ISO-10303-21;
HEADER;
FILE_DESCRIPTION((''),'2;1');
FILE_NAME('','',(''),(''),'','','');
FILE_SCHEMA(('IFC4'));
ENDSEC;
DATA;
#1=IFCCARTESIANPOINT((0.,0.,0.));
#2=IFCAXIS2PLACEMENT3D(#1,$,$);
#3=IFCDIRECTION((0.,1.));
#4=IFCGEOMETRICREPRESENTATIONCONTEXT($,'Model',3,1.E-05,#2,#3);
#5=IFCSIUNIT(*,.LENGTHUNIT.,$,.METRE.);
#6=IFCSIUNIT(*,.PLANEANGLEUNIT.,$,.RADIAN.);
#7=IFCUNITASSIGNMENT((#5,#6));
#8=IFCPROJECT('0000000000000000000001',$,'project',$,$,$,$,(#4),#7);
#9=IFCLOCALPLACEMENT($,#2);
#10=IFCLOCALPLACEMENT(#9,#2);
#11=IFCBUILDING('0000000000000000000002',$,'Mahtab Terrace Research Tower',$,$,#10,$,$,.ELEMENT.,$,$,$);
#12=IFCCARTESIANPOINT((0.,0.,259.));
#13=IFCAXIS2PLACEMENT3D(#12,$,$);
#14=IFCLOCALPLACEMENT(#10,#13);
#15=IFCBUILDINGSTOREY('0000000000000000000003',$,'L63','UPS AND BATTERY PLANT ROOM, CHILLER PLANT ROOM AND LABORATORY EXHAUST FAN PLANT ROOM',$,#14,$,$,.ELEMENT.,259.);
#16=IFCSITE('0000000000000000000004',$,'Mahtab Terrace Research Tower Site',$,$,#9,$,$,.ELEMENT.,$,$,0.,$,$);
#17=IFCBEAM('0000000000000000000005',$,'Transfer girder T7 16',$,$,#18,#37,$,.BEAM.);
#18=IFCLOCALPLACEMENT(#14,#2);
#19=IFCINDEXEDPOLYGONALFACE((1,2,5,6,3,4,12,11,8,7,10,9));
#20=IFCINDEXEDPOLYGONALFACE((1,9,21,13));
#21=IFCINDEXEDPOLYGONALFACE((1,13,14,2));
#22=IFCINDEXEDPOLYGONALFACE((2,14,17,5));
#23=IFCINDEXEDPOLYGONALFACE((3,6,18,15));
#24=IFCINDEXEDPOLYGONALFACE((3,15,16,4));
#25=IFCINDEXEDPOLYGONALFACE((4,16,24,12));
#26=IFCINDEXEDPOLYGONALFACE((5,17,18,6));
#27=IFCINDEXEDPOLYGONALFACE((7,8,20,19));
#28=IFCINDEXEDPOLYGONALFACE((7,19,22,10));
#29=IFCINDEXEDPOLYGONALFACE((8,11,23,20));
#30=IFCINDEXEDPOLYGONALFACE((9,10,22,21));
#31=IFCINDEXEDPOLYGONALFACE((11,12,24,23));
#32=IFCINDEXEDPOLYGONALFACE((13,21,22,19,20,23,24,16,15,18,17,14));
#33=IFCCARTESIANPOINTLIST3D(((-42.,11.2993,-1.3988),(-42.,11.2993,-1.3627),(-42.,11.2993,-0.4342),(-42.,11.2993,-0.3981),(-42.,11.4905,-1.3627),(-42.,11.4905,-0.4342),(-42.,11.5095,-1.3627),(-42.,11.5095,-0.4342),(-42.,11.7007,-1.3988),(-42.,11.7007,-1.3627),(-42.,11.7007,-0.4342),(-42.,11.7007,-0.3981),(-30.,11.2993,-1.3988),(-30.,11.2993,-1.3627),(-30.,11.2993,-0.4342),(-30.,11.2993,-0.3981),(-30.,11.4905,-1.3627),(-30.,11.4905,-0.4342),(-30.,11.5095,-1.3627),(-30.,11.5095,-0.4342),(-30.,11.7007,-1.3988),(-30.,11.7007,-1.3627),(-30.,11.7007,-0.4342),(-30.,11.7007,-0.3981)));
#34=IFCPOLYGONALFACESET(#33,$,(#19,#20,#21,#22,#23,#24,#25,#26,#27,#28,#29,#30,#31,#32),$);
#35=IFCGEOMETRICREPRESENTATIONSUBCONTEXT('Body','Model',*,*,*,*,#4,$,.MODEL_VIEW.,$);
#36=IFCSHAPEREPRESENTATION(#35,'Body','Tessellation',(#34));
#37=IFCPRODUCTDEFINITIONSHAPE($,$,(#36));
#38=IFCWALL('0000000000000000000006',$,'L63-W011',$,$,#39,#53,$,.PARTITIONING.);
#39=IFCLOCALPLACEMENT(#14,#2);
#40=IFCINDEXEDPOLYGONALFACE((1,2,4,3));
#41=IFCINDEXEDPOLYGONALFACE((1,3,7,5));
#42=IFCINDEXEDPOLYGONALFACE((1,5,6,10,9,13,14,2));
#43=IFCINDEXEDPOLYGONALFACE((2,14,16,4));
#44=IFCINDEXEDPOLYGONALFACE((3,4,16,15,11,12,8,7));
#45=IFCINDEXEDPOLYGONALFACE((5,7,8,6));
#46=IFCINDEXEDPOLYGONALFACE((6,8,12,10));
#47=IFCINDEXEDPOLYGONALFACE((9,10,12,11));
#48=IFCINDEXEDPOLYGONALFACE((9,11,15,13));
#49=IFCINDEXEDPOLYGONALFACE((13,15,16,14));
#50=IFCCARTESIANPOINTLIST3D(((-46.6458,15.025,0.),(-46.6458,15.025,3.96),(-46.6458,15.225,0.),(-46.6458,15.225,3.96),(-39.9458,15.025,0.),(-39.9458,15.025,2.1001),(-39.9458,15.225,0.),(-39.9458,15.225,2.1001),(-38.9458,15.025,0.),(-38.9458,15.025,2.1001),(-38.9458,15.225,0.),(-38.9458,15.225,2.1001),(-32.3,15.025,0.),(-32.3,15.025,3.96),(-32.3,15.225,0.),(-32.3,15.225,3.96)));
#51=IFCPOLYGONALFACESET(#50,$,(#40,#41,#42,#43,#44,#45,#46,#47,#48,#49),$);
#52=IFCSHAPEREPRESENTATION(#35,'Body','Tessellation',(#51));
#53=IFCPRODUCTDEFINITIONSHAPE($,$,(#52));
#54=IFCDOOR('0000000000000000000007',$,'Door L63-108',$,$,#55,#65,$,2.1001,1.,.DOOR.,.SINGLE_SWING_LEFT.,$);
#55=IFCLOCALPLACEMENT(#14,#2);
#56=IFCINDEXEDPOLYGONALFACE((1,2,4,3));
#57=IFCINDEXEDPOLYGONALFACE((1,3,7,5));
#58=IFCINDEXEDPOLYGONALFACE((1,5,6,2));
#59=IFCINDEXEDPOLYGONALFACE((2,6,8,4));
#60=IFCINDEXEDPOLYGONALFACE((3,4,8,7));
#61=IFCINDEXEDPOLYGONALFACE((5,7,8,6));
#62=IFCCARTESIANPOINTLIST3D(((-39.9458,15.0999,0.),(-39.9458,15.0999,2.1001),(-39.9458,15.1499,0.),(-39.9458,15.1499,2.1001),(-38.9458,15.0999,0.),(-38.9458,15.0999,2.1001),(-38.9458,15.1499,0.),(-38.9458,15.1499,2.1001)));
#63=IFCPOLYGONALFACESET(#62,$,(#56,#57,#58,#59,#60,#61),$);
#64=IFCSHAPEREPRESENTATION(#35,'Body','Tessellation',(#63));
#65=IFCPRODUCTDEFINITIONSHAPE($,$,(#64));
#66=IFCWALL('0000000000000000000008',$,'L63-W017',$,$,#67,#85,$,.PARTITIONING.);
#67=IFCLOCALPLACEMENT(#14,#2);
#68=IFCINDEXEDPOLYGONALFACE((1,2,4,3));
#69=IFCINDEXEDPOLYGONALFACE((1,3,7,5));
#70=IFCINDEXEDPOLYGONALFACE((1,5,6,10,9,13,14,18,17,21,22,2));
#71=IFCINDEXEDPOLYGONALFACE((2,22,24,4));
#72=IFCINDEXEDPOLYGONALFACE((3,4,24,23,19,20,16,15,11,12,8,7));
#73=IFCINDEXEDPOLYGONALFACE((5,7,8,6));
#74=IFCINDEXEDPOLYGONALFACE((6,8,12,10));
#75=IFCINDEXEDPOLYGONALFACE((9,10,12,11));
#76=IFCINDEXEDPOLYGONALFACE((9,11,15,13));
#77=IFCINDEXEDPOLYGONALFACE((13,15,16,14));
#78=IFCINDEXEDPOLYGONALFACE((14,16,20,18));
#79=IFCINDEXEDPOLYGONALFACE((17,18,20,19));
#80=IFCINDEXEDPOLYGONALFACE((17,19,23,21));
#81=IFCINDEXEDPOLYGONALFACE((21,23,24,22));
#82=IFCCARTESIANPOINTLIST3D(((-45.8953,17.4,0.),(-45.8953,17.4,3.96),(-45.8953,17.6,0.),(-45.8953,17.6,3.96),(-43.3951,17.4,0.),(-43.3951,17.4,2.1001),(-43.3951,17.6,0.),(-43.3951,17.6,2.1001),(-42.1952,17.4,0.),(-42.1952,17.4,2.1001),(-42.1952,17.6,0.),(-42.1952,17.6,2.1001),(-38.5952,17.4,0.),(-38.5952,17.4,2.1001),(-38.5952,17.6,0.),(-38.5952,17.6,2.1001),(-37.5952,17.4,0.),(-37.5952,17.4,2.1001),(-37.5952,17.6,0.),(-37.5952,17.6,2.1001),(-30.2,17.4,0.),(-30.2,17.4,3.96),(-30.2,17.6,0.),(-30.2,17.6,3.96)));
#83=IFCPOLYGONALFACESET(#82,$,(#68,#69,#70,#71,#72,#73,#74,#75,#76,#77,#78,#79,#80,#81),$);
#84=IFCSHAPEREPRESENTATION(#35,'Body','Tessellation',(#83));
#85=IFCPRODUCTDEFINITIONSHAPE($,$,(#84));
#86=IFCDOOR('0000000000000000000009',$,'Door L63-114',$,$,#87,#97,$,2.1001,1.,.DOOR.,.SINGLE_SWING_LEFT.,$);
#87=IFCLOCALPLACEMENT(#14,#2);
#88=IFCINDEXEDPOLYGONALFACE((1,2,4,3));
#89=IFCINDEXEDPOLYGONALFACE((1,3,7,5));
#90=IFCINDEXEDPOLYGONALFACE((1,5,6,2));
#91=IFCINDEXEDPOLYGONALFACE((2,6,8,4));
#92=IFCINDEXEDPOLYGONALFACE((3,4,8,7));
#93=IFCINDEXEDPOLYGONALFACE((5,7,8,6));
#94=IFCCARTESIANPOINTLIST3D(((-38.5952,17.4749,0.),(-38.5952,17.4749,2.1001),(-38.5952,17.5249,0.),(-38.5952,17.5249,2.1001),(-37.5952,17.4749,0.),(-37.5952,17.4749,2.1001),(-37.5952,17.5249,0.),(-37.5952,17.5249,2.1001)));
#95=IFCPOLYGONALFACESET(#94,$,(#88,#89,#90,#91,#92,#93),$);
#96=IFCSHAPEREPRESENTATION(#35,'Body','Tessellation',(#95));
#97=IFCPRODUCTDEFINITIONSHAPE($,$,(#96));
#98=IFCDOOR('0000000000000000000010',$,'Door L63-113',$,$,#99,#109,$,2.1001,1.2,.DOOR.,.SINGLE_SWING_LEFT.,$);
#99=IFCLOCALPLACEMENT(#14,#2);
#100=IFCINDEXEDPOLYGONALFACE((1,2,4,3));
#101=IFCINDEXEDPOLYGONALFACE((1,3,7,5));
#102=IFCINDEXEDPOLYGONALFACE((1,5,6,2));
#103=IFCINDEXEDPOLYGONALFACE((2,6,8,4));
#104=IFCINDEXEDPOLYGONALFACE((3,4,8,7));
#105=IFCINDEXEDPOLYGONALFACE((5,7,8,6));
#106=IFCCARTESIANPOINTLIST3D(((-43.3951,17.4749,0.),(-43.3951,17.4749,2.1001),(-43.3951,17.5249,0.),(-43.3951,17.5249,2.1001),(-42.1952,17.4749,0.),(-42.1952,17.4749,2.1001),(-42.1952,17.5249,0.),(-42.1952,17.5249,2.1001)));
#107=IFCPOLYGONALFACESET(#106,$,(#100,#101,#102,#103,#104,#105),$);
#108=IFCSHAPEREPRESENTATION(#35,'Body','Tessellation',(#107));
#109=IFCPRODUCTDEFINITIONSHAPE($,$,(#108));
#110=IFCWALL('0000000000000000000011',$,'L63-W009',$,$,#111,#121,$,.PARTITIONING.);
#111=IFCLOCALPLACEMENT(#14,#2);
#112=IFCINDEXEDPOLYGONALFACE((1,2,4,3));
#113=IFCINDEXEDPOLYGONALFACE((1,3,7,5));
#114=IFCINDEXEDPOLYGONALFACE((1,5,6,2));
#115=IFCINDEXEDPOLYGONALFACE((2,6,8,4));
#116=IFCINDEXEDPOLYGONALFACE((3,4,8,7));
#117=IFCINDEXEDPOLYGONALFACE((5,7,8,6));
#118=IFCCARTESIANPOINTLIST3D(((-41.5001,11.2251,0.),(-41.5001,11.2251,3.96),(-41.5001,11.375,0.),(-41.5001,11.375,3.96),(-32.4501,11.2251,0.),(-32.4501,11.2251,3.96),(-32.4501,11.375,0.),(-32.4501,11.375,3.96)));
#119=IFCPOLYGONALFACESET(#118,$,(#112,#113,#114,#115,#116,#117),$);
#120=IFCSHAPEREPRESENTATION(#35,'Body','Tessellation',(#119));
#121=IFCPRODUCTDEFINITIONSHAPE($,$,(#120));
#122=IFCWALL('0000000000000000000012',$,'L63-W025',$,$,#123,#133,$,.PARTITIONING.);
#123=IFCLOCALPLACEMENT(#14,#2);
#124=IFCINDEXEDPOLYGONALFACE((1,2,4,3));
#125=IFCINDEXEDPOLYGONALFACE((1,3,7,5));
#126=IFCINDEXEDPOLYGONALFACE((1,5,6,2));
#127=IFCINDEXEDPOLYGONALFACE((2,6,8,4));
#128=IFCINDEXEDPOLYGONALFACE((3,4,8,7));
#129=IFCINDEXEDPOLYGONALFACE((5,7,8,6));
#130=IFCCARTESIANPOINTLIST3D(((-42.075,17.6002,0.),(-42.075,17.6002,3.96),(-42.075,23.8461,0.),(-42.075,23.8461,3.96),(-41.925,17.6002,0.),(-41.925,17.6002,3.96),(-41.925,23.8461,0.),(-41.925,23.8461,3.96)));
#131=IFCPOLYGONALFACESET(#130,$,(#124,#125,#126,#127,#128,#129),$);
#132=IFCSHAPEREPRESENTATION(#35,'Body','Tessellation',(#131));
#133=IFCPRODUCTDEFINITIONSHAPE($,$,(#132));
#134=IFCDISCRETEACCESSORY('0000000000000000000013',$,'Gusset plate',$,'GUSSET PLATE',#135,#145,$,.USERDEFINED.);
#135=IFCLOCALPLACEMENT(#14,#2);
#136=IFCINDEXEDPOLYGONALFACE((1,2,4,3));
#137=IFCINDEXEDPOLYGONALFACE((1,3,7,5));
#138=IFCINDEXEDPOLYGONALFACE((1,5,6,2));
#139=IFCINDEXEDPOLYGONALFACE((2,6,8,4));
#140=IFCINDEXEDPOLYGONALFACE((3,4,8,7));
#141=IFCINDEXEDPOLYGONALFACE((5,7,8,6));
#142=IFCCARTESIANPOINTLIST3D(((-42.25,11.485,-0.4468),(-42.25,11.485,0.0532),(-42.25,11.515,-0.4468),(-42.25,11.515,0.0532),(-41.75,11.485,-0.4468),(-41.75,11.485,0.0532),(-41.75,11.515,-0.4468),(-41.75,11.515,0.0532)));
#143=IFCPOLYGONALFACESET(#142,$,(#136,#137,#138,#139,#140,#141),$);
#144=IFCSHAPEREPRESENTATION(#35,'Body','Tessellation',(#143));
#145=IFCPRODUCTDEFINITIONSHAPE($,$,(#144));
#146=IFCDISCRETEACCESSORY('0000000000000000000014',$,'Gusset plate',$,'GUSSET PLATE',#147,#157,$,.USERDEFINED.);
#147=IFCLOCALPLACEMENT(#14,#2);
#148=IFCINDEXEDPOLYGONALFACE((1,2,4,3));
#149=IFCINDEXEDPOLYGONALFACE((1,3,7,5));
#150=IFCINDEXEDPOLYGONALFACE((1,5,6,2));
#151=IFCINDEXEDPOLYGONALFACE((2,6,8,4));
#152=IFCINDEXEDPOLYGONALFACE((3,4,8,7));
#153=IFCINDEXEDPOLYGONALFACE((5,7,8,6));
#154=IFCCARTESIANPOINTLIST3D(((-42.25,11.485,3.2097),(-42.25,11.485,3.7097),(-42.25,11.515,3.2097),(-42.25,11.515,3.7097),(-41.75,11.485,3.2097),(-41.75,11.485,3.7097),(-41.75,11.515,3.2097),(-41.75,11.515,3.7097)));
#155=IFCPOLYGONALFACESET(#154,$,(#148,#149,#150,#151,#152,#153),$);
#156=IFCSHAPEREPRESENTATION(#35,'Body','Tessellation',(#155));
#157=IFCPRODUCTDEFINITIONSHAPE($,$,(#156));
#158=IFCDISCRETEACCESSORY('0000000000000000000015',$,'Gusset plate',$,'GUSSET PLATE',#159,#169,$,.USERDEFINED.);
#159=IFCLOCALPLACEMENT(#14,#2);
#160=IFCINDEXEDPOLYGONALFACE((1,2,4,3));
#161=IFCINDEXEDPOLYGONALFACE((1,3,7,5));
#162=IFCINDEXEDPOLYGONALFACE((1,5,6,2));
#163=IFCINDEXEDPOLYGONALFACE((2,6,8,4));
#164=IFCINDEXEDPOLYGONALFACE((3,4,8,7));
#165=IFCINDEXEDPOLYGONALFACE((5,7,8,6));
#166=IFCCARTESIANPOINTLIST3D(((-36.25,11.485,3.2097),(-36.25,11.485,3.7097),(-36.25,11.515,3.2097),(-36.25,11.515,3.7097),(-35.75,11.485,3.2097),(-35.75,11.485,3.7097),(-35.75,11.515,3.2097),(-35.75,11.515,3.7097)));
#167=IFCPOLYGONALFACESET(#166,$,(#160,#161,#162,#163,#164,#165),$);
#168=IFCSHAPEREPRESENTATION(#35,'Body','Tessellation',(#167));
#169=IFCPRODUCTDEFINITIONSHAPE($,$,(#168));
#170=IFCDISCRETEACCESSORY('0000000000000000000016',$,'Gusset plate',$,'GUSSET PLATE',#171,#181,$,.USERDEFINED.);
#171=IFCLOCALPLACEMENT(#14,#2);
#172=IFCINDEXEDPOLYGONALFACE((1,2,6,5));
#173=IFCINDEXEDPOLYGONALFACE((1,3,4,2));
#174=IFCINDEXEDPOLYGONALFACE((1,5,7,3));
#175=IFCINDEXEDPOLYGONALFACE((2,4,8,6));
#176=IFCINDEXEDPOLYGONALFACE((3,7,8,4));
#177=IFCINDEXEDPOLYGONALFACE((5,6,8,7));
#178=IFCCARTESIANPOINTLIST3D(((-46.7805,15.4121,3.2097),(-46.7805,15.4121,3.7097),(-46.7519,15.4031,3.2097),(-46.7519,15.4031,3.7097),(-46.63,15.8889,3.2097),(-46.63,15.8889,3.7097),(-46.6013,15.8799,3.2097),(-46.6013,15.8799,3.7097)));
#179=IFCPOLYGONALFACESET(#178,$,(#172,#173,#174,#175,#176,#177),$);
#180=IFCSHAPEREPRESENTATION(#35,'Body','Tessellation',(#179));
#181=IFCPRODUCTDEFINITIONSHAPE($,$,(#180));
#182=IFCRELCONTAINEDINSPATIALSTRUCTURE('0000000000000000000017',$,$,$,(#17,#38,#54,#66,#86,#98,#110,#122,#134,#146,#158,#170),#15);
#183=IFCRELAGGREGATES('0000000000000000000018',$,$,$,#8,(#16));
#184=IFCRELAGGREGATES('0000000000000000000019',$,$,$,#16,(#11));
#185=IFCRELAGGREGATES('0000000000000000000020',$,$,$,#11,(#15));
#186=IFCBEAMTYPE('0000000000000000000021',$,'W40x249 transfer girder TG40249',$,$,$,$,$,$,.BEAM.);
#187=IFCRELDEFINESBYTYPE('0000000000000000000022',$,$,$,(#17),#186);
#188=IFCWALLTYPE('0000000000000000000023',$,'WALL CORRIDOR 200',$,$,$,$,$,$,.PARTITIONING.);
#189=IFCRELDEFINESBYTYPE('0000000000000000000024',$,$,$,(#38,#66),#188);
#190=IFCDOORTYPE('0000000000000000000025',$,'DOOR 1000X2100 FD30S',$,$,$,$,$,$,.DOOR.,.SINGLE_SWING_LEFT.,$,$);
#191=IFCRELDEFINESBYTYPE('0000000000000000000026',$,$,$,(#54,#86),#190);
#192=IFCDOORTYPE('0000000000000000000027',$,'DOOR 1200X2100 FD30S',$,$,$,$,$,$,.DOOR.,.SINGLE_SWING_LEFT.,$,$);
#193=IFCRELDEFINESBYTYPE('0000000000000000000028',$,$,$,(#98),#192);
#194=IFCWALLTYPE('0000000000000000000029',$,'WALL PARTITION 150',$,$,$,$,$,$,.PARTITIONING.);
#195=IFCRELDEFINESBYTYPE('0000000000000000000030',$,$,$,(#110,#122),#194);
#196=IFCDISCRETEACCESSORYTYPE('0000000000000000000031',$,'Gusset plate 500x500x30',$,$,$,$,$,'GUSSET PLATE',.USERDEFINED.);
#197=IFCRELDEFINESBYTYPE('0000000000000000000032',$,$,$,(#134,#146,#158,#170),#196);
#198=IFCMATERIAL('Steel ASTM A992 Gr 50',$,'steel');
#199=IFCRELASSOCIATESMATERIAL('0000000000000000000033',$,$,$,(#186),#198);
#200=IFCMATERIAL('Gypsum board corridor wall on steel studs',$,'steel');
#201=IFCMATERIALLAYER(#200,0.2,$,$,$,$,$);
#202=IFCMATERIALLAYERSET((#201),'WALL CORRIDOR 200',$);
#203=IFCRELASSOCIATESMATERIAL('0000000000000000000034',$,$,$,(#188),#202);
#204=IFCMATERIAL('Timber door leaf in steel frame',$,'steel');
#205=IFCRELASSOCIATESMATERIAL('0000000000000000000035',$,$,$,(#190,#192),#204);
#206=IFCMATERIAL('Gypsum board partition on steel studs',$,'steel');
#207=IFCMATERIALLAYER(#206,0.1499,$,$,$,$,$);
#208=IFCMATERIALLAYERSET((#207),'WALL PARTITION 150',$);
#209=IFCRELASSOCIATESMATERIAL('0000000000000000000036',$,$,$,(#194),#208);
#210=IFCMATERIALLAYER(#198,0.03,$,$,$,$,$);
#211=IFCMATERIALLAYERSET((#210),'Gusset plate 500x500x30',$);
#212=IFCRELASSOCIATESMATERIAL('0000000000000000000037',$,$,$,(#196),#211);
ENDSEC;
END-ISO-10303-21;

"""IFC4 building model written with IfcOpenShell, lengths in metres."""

from ifc_helpers import new_model, si_unit, direction, frame, frame_2d, origin, origin_2d, place, context, subcontext, project, spatial, rectangle, i_section, extrude, material, layer, layer_set, material_profile, profile_set, type_object, element, fill, save


model = new_model("IFC4")

# Units and contexts
model_context = context("Model", 3, precision=1e-05, world=origin(), true_north=direction((0.0, 1.0)))
body_context = subcontext(model_context, "Body", "Model", "MODEL_VIEW")
ifc_project = project(units=[si_unit("LENGTHUNIT", "METRE"), si_unit("PLANEANGLEUNIT", "RADIAN")], contexts=[model_context])

# Site, building, storey
site_placement = place(None, origin())
site = spatial("IfcSite", under=ifc_project, at=site_placement, Name="Mahtab Terrace Research Tower Site", CompositionType="ELEMENT", RefElevation=0.0)
building_placement = place(site_placement, origin())
building = spatial("IfcBuilding", under=site, at=building_placement, Name="Mahtab Terrace Research Tower", CompositionType="ELEMENT")
storey_placement = place(building_placement, frame((0.0, 0.0, 259.0)))
storey = spatial("IfcBuildingStorey", under=building, at=storey_placement, Name="L63", Description="UPS AND BATTERY PLANT ROOM, CHILLER PLANT ROOM AND LABORATORY EXHAUST FAN PLANT ROOM", CompositionType="ELEMENT", Elevation=259.0)

# Shared definitions
ifc_material_1 = material(Name="Steel ASTM A992 Gr 50", Category="steel")

# Beam
ifc_material_profile_1 = material_profile(ifc_material_1, i_section(OverallWidth=0.4014, OverallDepth=1.0007, WebThickness=0.019, FlangeThickness=0.0361, at=origin_2d()), Name="W40X249")
ifc_profile_set_1 = profile_set([ifc_material_profile_1], Name="Steel ASTM A992 Gr 50")
beam_type = type_object("IfcBeamType", Name="W40x249 transfer girder TG40249", PredefinedType="BEAM", material=ifc_profile_set_1)
beam_placement = place(storey_placement, frame((-42.0, 11.5, -0.8984), z_axis=(1.0, 0.0, 0.0), x_axis=(0.0, 1.0, 0.0)))
element("IfcBeam", 1, at=beam_placement, inside=storey, type_object=beam_type, Name="Transfer girder T7 16", PredefinedType="BEAM", context=body_context, shape_type="SweptSolid", body=[
    extrude(i_section(OverallWidth=0.4014, OverallDepth=1.0007, WebThickness=0.019, FlangeThickness=0.0361, at=origin_2d()), origin(), (0.0, 0.0, 1.0), 12.0),
])

# Wall, opening, door
ifc_material_2 = material(Name="Gypsum board corridor wall on steel studs", Category="steel")
ifc_layer_1 = layer(ifc_material_2, 0.2)
ifc_layer_set_1 = layer_set([ifc_layer_1], Name="WALL CORRIDOR 200")
wall_type_1 = type_object("IfcWallType", Name="WALL CORRIDOR 200", PredefinedType="PARTITIONING", material=ifc_layer_set_1)
wall_1_placement = place(storey_placement, frame((-46.6458, 15.125, 0.0), z_axis=(0.0, 0.0, 1.0), x_axis=(1.0, 0.0, 0.0)))
wall_1 = element("IfcWall", 2, at=wall_1_placement, inside=storey, type_object=wall_type_1, Name="L63-W011", PredefinedType="PARTITIONING", context=body_context, shape_type="SweptSolid", body=[
    extrude(rectangle(XDim=14.3457, YDim=0.2, at=frame_2d((7.1729, 0.0))), origin(), (0.0, 0.0, 1.0), 3.96),
])
opening_1_placement = place(wall_1_placement, frame((6.7, 0.0, 0.0)))
opening_1 = element("IfcOpeningElement", 3, at=opening_1_placement, cuts=wall_1, PredefinedType="OPENING", context=body_context, shape_type="SweptSolid", body=[
    extrude(rectangle(XDim=1.0, YDim=2.1001, at=frame_2d((0.5, 1.05))), frame((0.0, 0.1099, 0.0), z_axis=(0.0, -1.0, 0.0), x_axis=(1.0, 0.0, 0.0)), (0.0, 0.0, 1.0), 0.22),
])
ifc_material_3 = material(Name="Timber door leaf in steel frame", Category="steel")
door_type_1 = type_object("IfcDoorType", Name="DOOR 1000X2100 FD30S", OperationType="SINGLE_SWING_LEFT", PredefinedType="DOOR", material=ifc_material_3)
door_1_placement = place(opening_1_placement, origin())
door_1 = element("IfcDoor", 4, at=door_1_placement, inside=storey, type_object=door_type_1, Name="Door L63-108", OperationType="SINGLE_SWING_LEFT", OverallHeight=2.1001, OverallWidth=1.0, PredefinedType="DOOR", context=body_context, shape_type="SweptSolid", body=[
    extrude(rectangle(XDim=1.0, YDim=2.1001, at=frame_2d((0.5, 1.05))), frame((0.0, 0.0249, 0.0), z_axis=(0.0, -1.0, 0.0), x_axis=(1.0, 0.0, 0.0)), (0.0, 0.0, 1.0), 0.05),
])
fill(opening_1, door_1)

# Wall, openings, doors
wall_2_placement = place(storey_placement, frame((-45.8953, 17.5, 0.0), z_axis=(0.0, 0.0, 1.0), x_axis=(1.0, 0.0, 0.0)))
wall_2 = element("IfcWall", 5, at=wall_2_placement, inside=storey, type_object=wall_type_1, Name="L63-W017", PredefinedType="PARTITIONING", context=body_context, shape_type="SweptSolid", body=[
    extrude(rectangle(XDim=15.6953, YDim=0.2, at=frame_2d((7.8477, 0.0))), origin(), (0.0, 0.0, 1.0), 3.96),
])
opening_2_placement = place(wall_2_placement, frame((2.5, 0.0, 0.0)))
opening_2 = element("IfcOpeningElement", 6, at=opening_2_placement, cuts=wall_2, PredefinedType="OPENING", context=body_context, shape_type="SweptSolid", body=[
    extrude(rectangle(XDim=1.2, YDim=2.1001, at=frame_2d((0.6001, 1.05))), frame((0.0, 0.1099, 0.0), z_axis=(0.0, -1.0, 0.0), x_axis=(1.0, 0.0, 0.0)), (0.0, 0.0, 1.0), 0.22),
])
opening_3_placement = place(wall_2_placement, frame((7.3, 0.0, 0.0)))
opening_3 = element("IfcOpeningElement", 7, at=opening_3_placement, cuts=wall_2, PredefinedType="OPENING", context=body_context, shape_type="SweptSolid", body=[
    extrude(rectangle(XDim=1.0, YDim=2.1001, at=frame_2d((0.5, 1.05))), frame((0.0, 0.1099, 0.0), z_axis=(0.0, -1.0, 0.0), x_axis=(1.0, 0.0, 0.0)), (0.0, 0.0, 1.0), 0.22),
])
door_2_placement = place(opening_3_placement, origin())
door_2 = element("IfcDoor", 8, at=door_2_placement, inside=storey, type_object=door_type_1, Name="Door L63-114", OperationType="SINGLE_SWING_LEFT", OverallHeight=2.1001, OverallWidth=1.0, PredefinedType="DOOR", context=body_context, shape_type="SweptSolid", body=[
    extrude(rectangle(XDim=1.0, YDim=2.1001, at=frame_2d((0.5, 1.05))), frame((0.0, 0.0249, 0.0), z_axis=(0.0, -1.0, 0.0), x_axis=(1.0, 0.0, 0.0)), (0.0, 0.0, 1.0), 0.05),
])
fill(opening_3, door_2)
door_type_2 = type_object("IfcDoorType", Name="DOOR 1200X2100 FD30S", OperationType="SINGLE_SWING_LEFT", PredefinedType="DOOR", material=ifc_material_3)
door_3_placement = place(opening_2_placement, origin())
door_3 = element("IfcDoor", 9, at=door_3_placement, inside=storey, type_object=door_type_2, Name="Door L63-113", OperationType="SINGLE_SWING_LEFT", OverallHeight=2.1001, OverallWidth=1.2, PredefinedType="DOOR", context=body_context, shape_type="SweptSolid", body=[
    extrude(rectangle(XDim=1.2, YDim=2.1001, at=frame_2d((0.6001, 1.05))), frame((0.0, 0.0249, 0.0), z_axis=(0.0, -1.0, 0.0), x_axis=(1.0, 0.0, 0.0)), (0.0, 0.0, 1.0), 0.05),
])
fill(opening_2, door_3)

# Walls
ifc_material_4 = material(Name="Gypsum board partition on steel studs", Category="steel")
ifc_layer_2 = layer(ifc_material_4, 0.1499)
ifc_layer_set_2 = layer_set([ifc_layer_2], Name="WALL PARTITION 150")
wall_type_2 = type_object("IfcWallType", Name="WALL PARTITION 150", PredefinedType="PARTITIONING", material=ifc_layer_set_2)
wall_3_placement = place(storey_placement, frame((-41.5, 11.3, 0.0), z_axis=(0.0, 0.0, 1.0), x_axis=(1.0, 0.0, 0.0)))
element("IfcWall", 10, at=wall_3_placement, inside=storey, type_object=wall_type_2, Name="L63-W009", PredefinedType="PARTITIONING", context=body_context, shape_type="SweptSolid", body=[
    extrude(rectangle(XDim=9.05, YDim=0.1499, at=frame_2d((4.5249, 0.0))), origin(), (0.0, 0.0, 1.0), 3.96),
])
wall_4_placement = place(storey_placement, frame((-42.0, 17.6001, 0.0), z_axis=(0.0, 0.0, 1.0), x_axis=(0.0, 1.0, 0.0)))
element("IfcWall", 11, at=wall_4_placement, inside=storey, type_object=wall_type_2, Name="L63-W025", PredefinedType="PARTITIONING", context=body_context, shape_type="SweptSolid", body=[
    extrude(rectangle(XDim=6.2458, YDim=0.1499, at=frame_2d((3.123, 0.0))), origin(), (0.0, 0.0, 1.0), 3.96),
])

# Discrete accessories
ifc_layer_3 = layer(ifc_material_1, 0.03)
ifc_layer_set_3 = layer_set([ifc_layer_3], Name="Gusset plate 500x500x30")
discrete_accessory_type = type_object("IfcDiscreteAccessoryType", Name="Gusset plate 500x500x30", ElementType="GUSSET PLATE", PredefinedType="USERDEFINED", material=ifc_layer_set_3)
for number, where, z_axis, x_axis, name in (
    (12, (-42.0, 11.5, -0.4468), (0.0, 0.0, 1.0), (1.0, 0.0, 0.0), "Gusset plate"),
    (13, (-42.0, 11.5, 3.2097), (0.0, 0.0, 1.0), (1.0, 0.0, 0.0), "Gusset plate"),
    (14, (-36.0, 11.5, 3.2097), (0.0, 0.0, 1.0), (1.0, 0.0, 0.0), "Gusset plate"),
    (15, (-46.6909, 15.646, 3.2097), (0.0, 0.0, 1.0), (0.301072, 0.953601, 0.0), "Gusset plate"),
):
    element("IfcDiscreteAccessory", number, at=place(storey_placement, frame(where, z_axis=z_axis, x_axis=x_axis)), inside=storey, type_object=discrete_accessory_type, Name=name, ObjectType="GUSSET PLATE", PredefinedType="USERDEFINED", context=body_context, shape_type="SweptSolid", body=[
        extrude(rectangle(XDim=0.5, YDim=0.03, at=origin_2d()), origin(), (0.0, 0.0, 1.0), 0.5),
    ])

save(model, "model.ifc")
